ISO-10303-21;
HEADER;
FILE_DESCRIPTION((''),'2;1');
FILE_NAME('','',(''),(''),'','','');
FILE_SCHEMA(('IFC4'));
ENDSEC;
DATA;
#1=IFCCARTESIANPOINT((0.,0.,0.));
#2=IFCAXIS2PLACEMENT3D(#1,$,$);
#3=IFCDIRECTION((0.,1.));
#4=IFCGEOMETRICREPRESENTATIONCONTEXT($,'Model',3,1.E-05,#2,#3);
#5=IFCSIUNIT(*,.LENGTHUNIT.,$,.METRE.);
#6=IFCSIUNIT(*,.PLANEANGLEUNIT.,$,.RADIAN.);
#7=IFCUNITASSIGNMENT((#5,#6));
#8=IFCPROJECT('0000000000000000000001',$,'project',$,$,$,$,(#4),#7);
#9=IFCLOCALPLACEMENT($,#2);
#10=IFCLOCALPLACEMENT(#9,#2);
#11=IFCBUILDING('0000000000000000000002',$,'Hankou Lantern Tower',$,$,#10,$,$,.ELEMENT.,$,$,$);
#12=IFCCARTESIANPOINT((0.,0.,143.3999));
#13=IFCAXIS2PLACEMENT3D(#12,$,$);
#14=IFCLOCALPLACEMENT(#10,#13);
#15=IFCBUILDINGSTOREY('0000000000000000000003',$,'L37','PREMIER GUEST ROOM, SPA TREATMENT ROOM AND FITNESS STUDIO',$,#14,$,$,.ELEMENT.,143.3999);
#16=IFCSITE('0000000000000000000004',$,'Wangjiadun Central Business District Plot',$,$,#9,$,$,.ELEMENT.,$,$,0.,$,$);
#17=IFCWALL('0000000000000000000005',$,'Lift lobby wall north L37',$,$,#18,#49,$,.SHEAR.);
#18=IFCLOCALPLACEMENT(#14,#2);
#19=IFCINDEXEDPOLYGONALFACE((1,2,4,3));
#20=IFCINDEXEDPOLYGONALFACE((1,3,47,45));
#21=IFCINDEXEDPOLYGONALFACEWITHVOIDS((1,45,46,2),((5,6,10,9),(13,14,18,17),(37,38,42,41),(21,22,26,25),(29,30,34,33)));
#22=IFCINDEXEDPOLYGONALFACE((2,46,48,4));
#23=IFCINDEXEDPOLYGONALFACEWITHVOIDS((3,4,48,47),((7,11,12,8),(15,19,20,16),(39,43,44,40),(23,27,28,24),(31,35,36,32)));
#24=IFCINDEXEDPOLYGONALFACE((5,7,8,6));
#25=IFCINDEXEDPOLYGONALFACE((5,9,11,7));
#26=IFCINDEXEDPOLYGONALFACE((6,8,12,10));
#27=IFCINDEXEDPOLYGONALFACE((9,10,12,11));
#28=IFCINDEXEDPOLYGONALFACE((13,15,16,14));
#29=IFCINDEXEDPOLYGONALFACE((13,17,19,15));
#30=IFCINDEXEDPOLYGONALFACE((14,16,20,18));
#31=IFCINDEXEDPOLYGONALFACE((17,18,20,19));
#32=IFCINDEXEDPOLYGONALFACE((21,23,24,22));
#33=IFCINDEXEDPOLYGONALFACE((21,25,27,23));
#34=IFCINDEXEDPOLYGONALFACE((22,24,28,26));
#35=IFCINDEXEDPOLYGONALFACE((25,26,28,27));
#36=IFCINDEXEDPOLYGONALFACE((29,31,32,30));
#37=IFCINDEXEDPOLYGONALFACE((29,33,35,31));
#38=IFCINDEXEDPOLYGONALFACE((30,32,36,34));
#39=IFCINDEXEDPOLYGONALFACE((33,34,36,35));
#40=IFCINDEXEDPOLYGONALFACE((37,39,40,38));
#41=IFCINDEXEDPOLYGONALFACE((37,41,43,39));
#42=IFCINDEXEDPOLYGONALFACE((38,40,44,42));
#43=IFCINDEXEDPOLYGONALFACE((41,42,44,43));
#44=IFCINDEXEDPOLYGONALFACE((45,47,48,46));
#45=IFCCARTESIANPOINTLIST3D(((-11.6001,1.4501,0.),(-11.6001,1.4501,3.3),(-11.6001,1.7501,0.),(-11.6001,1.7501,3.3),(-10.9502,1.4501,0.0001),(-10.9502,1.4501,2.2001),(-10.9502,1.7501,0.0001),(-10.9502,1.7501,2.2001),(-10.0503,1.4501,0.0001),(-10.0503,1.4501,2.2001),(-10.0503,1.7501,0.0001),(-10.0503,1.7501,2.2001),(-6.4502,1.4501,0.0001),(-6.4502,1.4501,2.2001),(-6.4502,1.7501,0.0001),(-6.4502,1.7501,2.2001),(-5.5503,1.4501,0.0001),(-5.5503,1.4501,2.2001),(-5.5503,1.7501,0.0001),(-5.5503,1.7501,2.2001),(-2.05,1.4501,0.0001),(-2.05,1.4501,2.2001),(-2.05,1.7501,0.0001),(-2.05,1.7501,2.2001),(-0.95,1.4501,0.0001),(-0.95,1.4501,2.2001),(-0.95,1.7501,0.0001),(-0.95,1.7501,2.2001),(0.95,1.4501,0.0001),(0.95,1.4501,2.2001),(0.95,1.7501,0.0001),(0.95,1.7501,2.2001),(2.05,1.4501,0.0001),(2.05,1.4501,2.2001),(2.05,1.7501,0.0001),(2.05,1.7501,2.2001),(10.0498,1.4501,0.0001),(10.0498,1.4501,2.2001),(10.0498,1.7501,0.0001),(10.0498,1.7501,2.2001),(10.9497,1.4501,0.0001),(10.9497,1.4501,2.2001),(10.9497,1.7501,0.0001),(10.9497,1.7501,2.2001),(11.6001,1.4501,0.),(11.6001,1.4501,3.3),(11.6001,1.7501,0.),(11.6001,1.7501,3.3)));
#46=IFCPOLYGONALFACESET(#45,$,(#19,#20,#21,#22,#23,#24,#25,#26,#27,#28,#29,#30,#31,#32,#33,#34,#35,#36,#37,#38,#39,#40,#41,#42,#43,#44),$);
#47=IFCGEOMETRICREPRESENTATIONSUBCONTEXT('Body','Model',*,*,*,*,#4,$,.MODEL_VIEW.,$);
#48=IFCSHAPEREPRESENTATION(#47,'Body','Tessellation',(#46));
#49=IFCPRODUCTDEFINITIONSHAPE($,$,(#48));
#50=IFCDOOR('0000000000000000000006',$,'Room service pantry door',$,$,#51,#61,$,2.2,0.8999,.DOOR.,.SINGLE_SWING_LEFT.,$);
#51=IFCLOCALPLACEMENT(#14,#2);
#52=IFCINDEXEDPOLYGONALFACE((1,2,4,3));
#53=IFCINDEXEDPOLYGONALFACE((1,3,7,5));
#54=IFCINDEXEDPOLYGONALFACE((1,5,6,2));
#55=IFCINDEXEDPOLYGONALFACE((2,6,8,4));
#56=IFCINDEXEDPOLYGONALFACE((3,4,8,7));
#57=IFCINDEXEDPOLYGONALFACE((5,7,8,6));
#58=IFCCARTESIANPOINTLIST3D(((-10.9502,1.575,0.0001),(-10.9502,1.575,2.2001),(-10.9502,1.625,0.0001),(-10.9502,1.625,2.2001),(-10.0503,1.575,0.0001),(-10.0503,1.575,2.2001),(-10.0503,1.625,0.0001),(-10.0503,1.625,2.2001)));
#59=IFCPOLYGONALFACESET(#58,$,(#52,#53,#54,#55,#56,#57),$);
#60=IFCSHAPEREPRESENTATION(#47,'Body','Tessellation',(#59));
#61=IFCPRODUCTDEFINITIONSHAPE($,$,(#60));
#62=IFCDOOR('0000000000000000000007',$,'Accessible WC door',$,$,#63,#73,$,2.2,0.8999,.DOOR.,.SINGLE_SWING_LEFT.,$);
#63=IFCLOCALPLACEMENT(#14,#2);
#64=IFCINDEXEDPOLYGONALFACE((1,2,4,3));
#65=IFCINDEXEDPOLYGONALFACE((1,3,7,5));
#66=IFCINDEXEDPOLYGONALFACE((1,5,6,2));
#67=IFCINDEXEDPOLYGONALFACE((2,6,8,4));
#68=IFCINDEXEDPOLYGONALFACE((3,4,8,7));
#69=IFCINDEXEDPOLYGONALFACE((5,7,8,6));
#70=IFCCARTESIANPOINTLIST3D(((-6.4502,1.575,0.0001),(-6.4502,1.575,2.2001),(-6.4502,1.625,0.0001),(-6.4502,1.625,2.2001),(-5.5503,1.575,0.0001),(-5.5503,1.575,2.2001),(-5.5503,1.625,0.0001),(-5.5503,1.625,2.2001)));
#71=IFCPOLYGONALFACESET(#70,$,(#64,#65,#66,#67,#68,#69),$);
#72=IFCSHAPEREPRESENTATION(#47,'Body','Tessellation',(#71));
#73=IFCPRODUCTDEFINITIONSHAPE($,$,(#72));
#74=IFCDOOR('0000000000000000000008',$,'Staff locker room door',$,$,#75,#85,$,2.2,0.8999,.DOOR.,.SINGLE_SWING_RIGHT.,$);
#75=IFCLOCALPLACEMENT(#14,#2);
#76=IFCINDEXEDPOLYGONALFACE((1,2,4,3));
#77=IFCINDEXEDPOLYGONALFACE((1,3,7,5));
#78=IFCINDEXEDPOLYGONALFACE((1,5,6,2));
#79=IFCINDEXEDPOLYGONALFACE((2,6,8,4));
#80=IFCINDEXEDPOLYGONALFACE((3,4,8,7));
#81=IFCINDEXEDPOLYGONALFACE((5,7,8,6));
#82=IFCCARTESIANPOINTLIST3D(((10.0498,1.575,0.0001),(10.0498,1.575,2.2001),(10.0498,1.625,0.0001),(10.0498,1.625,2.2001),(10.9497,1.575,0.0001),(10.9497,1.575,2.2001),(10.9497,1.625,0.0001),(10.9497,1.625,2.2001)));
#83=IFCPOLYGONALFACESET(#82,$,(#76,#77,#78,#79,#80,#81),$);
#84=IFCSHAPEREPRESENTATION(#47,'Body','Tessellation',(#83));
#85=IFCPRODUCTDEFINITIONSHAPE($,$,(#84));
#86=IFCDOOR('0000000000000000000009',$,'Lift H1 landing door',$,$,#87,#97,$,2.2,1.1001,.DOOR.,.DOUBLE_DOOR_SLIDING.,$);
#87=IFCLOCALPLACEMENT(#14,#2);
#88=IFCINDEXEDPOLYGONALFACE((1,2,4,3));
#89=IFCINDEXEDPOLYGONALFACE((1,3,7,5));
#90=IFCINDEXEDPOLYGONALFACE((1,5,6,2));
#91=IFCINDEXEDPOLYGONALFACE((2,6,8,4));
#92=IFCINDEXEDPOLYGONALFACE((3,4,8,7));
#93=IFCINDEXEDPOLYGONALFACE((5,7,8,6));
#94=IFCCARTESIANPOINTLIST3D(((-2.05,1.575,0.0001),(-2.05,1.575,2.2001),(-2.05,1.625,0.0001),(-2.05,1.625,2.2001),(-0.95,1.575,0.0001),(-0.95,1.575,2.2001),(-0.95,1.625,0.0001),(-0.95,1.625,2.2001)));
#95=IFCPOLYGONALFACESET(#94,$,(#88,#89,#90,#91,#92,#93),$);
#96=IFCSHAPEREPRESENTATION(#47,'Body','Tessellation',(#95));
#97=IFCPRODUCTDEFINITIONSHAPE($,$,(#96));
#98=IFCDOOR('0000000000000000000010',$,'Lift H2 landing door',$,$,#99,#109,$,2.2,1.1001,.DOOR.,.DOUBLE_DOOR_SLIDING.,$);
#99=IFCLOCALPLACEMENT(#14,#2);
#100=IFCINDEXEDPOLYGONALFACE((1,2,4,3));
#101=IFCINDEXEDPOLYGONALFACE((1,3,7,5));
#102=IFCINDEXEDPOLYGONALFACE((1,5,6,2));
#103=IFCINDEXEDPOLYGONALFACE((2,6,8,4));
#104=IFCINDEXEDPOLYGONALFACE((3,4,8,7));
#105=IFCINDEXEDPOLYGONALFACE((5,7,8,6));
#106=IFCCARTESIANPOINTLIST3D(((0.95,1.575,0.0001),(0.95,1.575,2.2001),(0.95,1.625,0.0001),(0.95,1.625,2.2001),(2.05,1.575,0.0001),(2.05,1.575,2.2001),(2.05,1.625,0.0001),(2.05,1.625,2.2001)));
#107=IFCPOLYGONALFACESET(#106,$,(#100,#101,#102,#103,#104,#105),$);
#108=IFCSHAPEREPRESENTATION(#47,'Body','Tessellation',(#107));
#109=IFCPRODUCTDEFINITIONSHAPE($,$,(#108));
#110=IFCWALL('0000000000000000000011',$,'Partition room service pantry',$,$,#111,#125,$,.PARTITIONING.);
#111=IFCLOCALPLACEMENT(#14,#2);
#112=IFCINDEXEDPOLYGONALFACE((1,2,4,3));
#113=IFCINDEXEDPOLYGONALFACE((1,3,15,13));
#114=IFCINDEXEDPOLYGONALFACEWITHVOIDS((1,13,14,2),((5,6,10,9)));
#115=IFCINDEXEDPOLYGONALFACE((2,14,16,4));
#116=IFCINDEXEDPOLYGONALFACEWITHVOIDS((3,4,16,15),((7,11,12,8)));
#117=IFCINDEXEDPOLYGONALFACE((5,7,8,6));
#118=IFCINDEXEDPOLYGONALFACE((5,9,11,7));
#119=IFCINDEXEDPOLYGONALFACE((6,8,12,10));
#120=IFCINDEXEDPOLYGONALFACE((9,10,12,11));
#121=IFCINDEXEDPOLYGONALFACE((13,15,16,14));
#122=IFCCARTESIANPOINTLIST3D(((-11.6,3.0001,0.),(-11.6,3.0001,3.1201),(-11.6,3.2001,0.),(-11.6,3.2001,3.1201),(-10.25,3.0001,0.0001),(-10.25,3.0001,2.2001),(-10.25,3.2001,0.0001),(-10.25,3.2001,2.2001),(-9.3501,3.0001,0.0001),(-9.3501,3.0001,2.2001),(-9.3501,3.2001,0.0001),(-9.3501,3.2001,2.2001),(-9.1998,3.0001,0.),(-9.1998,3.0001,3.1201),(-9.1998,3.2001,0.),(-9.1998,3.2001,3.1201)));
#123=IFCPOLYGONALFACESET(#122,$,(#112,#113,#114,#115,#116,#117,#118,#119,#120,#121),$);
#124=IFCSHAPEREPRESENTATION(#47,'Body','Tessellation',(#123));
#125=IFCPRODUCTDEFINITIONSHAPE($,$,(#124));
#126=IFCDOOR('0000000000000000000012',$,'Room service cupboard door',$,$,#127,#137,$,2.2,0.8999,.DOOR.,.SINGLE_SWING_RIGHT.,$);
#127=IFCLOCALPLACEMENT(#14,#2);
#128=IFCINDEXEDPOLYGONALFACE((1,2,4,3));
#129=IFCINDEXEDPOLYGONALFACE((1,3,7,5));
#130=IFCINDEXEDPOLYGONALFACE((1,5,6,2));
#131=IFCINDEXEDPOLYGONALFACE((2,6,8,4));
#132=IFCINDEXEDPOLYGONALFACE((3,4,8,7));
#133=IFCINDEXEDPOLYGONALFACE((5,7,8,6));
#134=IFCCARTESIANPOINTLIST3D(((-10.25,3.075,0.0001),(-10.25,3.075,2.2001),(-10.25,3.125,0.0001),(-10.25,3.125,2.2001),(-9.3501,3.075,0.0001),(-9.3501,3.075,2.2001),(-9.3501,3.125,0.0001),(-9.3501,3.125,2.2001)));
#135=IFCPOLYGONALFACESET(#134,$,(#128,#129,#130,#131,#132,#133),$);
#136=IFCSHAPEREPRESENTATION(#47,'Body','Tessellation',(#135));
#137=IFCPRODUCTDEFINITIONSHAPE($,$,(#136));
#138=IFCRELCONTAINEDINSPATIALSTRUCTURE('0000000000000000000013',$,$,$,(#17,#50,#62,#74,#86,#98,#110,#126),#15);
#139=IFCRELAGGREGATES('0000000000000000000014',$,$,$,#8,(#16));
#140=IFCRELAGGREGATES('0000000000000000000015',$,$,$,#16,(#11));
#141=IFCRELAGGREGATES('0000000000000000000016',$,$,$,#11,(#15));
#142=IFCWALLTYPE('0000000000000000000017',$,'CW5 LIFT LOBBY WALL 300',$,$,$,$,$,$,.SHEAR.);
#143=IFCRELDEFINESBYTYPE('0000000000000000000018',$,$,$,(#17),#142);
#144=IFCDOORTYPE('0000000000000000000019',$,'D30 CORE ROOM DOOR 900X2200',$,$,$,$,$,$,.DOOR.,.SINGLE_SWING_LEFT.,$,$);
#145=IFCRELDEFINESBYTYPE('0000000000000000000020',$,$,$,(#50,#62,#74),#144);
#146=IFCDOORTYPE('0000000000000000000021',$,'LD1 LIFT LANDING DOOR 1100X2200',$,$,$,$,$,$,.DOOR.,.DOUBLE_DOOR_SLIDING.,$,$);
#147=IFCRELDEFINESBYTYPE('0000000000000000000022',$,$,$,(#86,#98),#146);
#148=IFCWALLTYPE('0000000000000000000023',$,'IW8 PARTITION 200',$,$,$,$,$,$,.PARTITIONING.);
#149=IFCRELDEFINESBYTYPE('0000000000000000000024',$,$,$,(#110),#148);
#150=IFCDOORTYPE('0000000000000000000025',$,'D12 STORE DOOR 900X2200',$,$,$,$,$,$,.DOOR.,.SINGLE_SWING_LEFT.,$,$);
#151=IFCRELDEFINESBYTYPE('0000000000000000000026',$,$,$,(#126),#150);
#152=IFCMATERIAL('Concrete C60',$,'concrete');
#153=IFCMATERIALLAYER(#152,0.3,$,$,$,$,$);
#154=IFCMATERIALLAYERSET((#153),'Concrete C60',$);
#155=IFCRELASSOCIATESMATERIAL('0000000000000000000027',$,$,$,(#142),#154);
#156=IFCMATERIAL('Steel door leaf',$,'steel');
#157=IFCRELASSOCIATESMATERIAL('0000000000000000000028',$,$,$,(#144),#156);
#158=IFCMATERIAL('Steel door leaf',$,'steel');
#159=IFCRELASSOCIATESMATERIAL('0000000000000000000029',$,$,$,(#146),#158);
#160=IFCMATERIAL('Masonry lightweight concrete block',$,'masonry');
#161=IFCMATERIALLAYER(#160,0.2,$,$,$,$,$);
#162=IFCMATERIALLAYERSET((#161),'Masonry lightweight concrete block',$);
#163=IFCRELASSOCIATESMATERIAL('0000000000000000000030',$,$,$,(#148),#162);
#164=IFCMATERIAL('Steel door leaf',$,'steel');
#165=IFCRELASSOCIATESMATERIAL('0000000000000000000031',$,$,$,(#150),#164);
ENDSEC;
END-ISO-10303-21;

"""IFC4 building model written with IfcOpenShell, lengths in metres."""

from ifc_helpers import new_model, si_unit, direction, frame, frame_2d, origin, place, context, subcontext, project, spatial, rectangle, extrude, material, layer, layer_set, type_object, element, fill, save


model = new_model("IFC4")

# Units and contexts
model_context = context("Model", 3, precision=1e-05, world=origin(), true_north=direction((0.0, 1.0)))
body_context = subcontext(model_context, "Body", "Model", "MODEL_VIEW")
ifc_project = project(units=[si_unit("LENGTHUNIT", "METRE"), si_unit("PLANEANGLEUNIT", "RADIAN")], contexts=[model_context])

# Site, building, storey
site_placement = place(None, origin())
site = spatial("IfcSite", under=ifc_project, at=site_placement, Name="Wangjiadun Central Business District Plot", CompositionType="ELEMENT", RefElevation=0.0)
building_placement = place(site_placement, origin())
building = spatial("IfcBuilding", under=site, at=building_placement, Name="Hankou Lantern Tower", CompositionType="ELEMENT")
storey_placement = place(building_placement, frame((0.0, 0.0, 143.3999)))
storey = spatial("IfcBuildingStorey", under=building, at=storey_placement, Name="L37", Description="PREMIER GUEST ROOM, SPA TREATMENT ROOM AND FITNESS STUDIO", CompositionType="ELEMENT", Elevation=143.3999)

# Wall, openings, doors
ifc_material_1 = material(Name="Concrete C60", Category="concrete")
ifc_layer_1 = layer(ifc_material_1, 0.3)
ifc_layer_set_1 = layer_set([ifc_layer_1], Name="Concrete C60")
wall_type_1 = type_object("IfcWallType", Name="CW5 LIFT LOBBY WALL 300", PredefinedType="SHEAR", material=ifc_layer_set_1)
wall_1_placement = place(storey_placement, frame((-11.6001, 1.6001, 0.0), z_axis=(0.0, 0.0, 1.0), x_axis=(1.0, 0.0, 0.0)))
wall_1 = element("IfcWall", 1, at=wall_1_placement, inside=storey, type_object=wall_type_1, Name="Lift lobby wall north L37", PredefinedType="SHEAR", context=body_context, shape_type="SweptSolid", body=[
    extrude(rectangle(XDim=23.2002, YDim=0.3, at=frame_2d((11.6001, 0.0))), origin(), (0.0, 0.0, 1.0), 3.3),
])
opening_1_placement = place(wall_1_placement, frame((9.55, 0.0, 0.0)))
opening_1 = element("IfcOpeningElement", 2, at=opening_1_placement, cuts=wall_1, PredefinedType="OPENING", context=body_context, shape_type="SweptSolid", body=[
    extrude(rectangle(XDim=1.1001, YDim=2.2, at=frame_2d((0.55, 1.1001))), frame((0.0, 0.1599, 0.0), z_axis=(0.0, -1.0, 0.0), x_axis=(1.0, 0.0, 0.0)), (0.0, 0.0, 1.0), 0.3201),
])
opening_2_placement = place(wall_1_placement, frame((12.55, 0.0, 0.0)))
opening_2 = element("IfcOpeningElement", 3, at=opening_2_placement, cuts=wall_1, PredefinedType="OPENING", context=body_context, shape_type="SweptSolid", body=[
    extrude(rectangle(XDim=1.1001, YDim=2.2, at=frame_2d((0.55, 1.1001))), frame((0.0, 0.1599, 0.0), z_axis=(0.0, -1.0, 0.0), x_axis=(1.0, 0.0, 0.0)), (0.0, 0.0, 1.0), 0.3201),
])
opening_3_placement = place(wall_1_placement, frame((0.6499, 0.0, 0.0)))
opening_3 = element("IfcOpeningElement", 4, at=opening_3_placement, cuts=wall_1, PredefinedType="OPENING", context=body_context, shape_type="SweptSolid", body=[
    extrude(rectangle(XDim=0.8999, YDim=2.2, at=frame_2d((0.45, 1.1001))), frame((0.0, 0.1599, 0.0), z_axis=(0.0, -1.0, 0.0), x_axis=(1.0, 0.0, 0.0)), (0.0, 0.0, 1.0), 0.3201),
])
opening_4_placement = place(wall_1_placement, frame((5.1499, 0.0, 0.0)))
opening_4 = element("IfcOpeningElement", 5, at=opening_4_placement, cuts=wall_1, PredefinedType="OPENING", context=body_context, shape_type="SweptSolid", body=[
    extrude(rectangle(XDim=0.8999, YDim=2.2, at=frame_2d((0.45, 1.1001))), frame((0.0, 0.1599, 0.0), z_axis=(0.0, -1.0, 0.0), x_axis=(1.0, 0.0, 0.0)), (0.0, 0.0, 1.0), 0.3201),
])
opening_5_placement = place(wall_1_placement, frame((21.6499, 0.0, 0.0)))
opening_5 = element("IfcOpeningElement", 6, at=opening_5_placement, cuts=wall_1, PredefinedType="OPENING", context=body_context, shape_type="SweptSolid", body=[
    extrude(rectangle(XDim=0.8999, YDim=2.2, at=frame_2d((0.45, 1.1001))), frame((0.0, 0.1599, 0.0), z_axis=(0.0, -1.0, 0.0), x_axis=(1.0, 0.0, 0.0)), (0.0, 0.0, 1.0), 0.3201),
])
ifc_material_2 = material(Name="Steel door leaf", Category="steel")
door_type_1 = type_object("IfcDoorType", Name="D30 CORE ROOM DOOR 900X2200", OperationType="SINGLE_SWING_LEFT", PredefinedType="DOOR", material=ifc_material_2)
door_1_placement = place(opening_3_placement, origin())
door_1 = element("IfcDoor", 7, at=door_1_placement, inside=storey, type_object=door_type_1, Name="Room service pantry door", OperationType="SINGLE_SWING_LEFT", OverallHeight=2.2, OverallWidth=0.8999, PredefinedType="DOOR", context=body_context, shape_type="SweptSolid", body=[
    extrude(rectangle(XDim=0.8999, YDim=2.2, at=frame_2d((0.45, 1.1001))), frame((0.0, 0.0249, 0.0), z_axis=(0.0, -1.0, 0.0), x_axis=(1.0, 0.0, 0.0)), (0.0, 0.0, 1.0), 0.05),
])
fill(opening_3, door_1)
door_2_placement = place(opening_4_placement, origin())
door_2 = element("IfcDoor", 8, at=door_2_placement, inside=storey, type_object=door_type_1, Name="Accessible WC door", OperationType="SINGLE_SWING_LEFT", OverallHeight=2.2, OverallWidth=0.8999, PredefinedType="DOOR", context=body_context, shape_type="SweptSolid", body=[
    extrude(rectangle(XDim=0.8999, YDim=2.2, at=frame_2d((0.45, 1.1001))), frame((0.0, 0.0249, 0.0), z_axis=(0.0, -1.0, 0.0), x_axis=(1.0, 0.0, 0.0)), (0.0, 0.0, 1.0), 0.05),
])
fill(opening_4, door_2)
door_3_placement = place(opening_5_placement, origin())
door_3 = element("IfcDoor", 9, at=door_3_placement, inside=storey, type_object=door_type_1, Name="Staff locker room door", OperationType="SINGLE_SWING_RIGHT", OverallHeight=2.2, OverallWidth=0.8999, PredefinedType="DOOR", context=body_context, shape_type="SweptSolid", body=[
    extrude(rectangle(XDim=0.8999, YDim=2.2, at=frame_2d((0.45, 1.1001))), frame((0.0, 0.0249, 0.0), z_axis=(0.0, -1.0, 0.0), x_axis=(1.0, 0.0, 0.0)), (0.0, 0.0, 1.0), 0.05),
])
fill(opening_5, door_3)
ifc_material_3 = material(Name="Steel door leaf", Category="steel")
door_type_2 = type_object("IfcDoorType", Name="LD1 LIFT LANDING DOOR 1100X2200", OperationType="DOUBLE_DOOR_SLIDING", PredefinedType="DOOR", material=ifc_material_3)
door_4_placement = place(opening_1_placement, origin())
door_4 = element("IfcDoor", 10, at=door_4_placement, inside=storey, type_object=door_type_2, Name="Lift H1 landing door", OperationType="DOUBLE_DOOR_SLIDING", OverallHeight=2.2, OverallWidth=1.1001, PredefinedType="DOOR", context=body_context, shape_type="SweptSolid", body=[
    extrude(rectangle(XDim=1.1001, YDim=2.2, at=frame_2d((0.55, 1.1001))), frame((0.0, 0.0249, 0.0), z_axis=(0.0, -1.0, 0.0), x_axis=(1.0, 0.0, 0.0)), (0.0, 0.0, 1.0), 0.05),
])
fill(opening_1, door_4)
door_5_placement = place(opening_2_placement, origin())
door_5 = element("IfcDoor", 11, at=door_5_placement, inside=storey, type_object=door_type_2, Name="Lift H2 landing door", OperationType="DOUBLE_DOOR_SLIDING", OverallHeight=2.2, OverallWidth=1.1001, PredefinedType="DOOR", context=body_context, shape_type="SweptSolid", body=[
    extrude(rectangle(XDim=1.1001, YDim=2.2, at=frame_2d((0.55, 1.1001))), frame((0.0, 0.0249, 0.0), z_axis=(0.0, -1.0, 0.0), x_axis=(1.0, 0.0, 0.0)), (0.0, 0.0, 1.0), 0.05),
])
fill(opening_2, door_5)

# Wall, opening, door
ifc_material_4 = material(Name="Masonry lightweight concrete block", Category="masonry")
ifc_layer_2 = layer(ifc_material_4, 0.2)
ifc_layer_set_2 = layer_set([ifc_layer_2], Name="Masonry lightweight concrete block")
wall_type_2 = type_object("IfcWallType", Name="IW8 PARTITION 200", PredefinedType="PARTITIONING", material=ifc_layer_set_2)
wall_2_placement = place(storey_placement, frame((-11.6001, 3.1001, 0.0), z_axis=(0.0, 0.0, 1.0), x_axis=(1.0, 0.0, 0.0)))
wall_2 = element("IfcWall", 12, at=wall_2_placement, inside=storey, type_object=wall_type_2, Name="Partition room service pantry", PredefinedType="PARTITIONING", context=body_context, shape_type="SweptSolid", body=[
    extrude(rectangle(XDim=2.4001, YDim=0.2, at=frame_2d((1.2002, 0.0))), origin(), (0.0, 0.0, 1.0), 3.1201),
])
opening_6_placement = place(wall_2_placement, frame((1.3501, 0.0, 0.0)))
opening_6 = element("IfcOpeningElement", 13, at=opening_6_placement, cuts=wall_2, PredefinedType="OPENING", context=body_context, shape_type="SweptSolid", body=[
    extrude(rectangle(XDim=0.8999, YDim=2.2, at=frame_2d((0.45, 1.1001))), frame((0.0, 0.1099, 0.0), z_axis=(0.0, -1.0, 0.0), x_axis=(1.0, 0.0, 0.0)), (0.0, 0.0, 1.0), 0.22),
])
ifc_material_5 = material(Name="Steel door leaf", Category="steel")
door_type_3 = type_object("IfcDoorType", Name="D12 STORE DOOR 900X2200", OperationType="SINGLE_SWING_LEFT", PredefinedType="DOOR", material=ifc_material_5)
door_6_placement = place(opening_6_placement, origin())
door_6 = element("IfcDoor", 14, at=door_6_placement, inside=storey, type_object=door_type_3, Name="Room service cupboard door", OperationType="SINGLE_SWING_RIGHT", OverallHeight=2.2, OverallWidth=0.8999, PredefinedType="DOOR", context=body_context, shape_type="SweptSolid", body=[
    extrude(rectangle(XDim=0.8999, YDim=2.2, at=frame_2d((0.45, 1.1001))), frame((0.0, 0.0249, 0.0), z_axis=(0.0, -1.0, 0.0), x_axis=(1.0, 0.0, 0.0)), (0.0, 0.0, 1.0), 0.05),
])
fill(opening_6, door_6)

save(model, "model.ifc")
